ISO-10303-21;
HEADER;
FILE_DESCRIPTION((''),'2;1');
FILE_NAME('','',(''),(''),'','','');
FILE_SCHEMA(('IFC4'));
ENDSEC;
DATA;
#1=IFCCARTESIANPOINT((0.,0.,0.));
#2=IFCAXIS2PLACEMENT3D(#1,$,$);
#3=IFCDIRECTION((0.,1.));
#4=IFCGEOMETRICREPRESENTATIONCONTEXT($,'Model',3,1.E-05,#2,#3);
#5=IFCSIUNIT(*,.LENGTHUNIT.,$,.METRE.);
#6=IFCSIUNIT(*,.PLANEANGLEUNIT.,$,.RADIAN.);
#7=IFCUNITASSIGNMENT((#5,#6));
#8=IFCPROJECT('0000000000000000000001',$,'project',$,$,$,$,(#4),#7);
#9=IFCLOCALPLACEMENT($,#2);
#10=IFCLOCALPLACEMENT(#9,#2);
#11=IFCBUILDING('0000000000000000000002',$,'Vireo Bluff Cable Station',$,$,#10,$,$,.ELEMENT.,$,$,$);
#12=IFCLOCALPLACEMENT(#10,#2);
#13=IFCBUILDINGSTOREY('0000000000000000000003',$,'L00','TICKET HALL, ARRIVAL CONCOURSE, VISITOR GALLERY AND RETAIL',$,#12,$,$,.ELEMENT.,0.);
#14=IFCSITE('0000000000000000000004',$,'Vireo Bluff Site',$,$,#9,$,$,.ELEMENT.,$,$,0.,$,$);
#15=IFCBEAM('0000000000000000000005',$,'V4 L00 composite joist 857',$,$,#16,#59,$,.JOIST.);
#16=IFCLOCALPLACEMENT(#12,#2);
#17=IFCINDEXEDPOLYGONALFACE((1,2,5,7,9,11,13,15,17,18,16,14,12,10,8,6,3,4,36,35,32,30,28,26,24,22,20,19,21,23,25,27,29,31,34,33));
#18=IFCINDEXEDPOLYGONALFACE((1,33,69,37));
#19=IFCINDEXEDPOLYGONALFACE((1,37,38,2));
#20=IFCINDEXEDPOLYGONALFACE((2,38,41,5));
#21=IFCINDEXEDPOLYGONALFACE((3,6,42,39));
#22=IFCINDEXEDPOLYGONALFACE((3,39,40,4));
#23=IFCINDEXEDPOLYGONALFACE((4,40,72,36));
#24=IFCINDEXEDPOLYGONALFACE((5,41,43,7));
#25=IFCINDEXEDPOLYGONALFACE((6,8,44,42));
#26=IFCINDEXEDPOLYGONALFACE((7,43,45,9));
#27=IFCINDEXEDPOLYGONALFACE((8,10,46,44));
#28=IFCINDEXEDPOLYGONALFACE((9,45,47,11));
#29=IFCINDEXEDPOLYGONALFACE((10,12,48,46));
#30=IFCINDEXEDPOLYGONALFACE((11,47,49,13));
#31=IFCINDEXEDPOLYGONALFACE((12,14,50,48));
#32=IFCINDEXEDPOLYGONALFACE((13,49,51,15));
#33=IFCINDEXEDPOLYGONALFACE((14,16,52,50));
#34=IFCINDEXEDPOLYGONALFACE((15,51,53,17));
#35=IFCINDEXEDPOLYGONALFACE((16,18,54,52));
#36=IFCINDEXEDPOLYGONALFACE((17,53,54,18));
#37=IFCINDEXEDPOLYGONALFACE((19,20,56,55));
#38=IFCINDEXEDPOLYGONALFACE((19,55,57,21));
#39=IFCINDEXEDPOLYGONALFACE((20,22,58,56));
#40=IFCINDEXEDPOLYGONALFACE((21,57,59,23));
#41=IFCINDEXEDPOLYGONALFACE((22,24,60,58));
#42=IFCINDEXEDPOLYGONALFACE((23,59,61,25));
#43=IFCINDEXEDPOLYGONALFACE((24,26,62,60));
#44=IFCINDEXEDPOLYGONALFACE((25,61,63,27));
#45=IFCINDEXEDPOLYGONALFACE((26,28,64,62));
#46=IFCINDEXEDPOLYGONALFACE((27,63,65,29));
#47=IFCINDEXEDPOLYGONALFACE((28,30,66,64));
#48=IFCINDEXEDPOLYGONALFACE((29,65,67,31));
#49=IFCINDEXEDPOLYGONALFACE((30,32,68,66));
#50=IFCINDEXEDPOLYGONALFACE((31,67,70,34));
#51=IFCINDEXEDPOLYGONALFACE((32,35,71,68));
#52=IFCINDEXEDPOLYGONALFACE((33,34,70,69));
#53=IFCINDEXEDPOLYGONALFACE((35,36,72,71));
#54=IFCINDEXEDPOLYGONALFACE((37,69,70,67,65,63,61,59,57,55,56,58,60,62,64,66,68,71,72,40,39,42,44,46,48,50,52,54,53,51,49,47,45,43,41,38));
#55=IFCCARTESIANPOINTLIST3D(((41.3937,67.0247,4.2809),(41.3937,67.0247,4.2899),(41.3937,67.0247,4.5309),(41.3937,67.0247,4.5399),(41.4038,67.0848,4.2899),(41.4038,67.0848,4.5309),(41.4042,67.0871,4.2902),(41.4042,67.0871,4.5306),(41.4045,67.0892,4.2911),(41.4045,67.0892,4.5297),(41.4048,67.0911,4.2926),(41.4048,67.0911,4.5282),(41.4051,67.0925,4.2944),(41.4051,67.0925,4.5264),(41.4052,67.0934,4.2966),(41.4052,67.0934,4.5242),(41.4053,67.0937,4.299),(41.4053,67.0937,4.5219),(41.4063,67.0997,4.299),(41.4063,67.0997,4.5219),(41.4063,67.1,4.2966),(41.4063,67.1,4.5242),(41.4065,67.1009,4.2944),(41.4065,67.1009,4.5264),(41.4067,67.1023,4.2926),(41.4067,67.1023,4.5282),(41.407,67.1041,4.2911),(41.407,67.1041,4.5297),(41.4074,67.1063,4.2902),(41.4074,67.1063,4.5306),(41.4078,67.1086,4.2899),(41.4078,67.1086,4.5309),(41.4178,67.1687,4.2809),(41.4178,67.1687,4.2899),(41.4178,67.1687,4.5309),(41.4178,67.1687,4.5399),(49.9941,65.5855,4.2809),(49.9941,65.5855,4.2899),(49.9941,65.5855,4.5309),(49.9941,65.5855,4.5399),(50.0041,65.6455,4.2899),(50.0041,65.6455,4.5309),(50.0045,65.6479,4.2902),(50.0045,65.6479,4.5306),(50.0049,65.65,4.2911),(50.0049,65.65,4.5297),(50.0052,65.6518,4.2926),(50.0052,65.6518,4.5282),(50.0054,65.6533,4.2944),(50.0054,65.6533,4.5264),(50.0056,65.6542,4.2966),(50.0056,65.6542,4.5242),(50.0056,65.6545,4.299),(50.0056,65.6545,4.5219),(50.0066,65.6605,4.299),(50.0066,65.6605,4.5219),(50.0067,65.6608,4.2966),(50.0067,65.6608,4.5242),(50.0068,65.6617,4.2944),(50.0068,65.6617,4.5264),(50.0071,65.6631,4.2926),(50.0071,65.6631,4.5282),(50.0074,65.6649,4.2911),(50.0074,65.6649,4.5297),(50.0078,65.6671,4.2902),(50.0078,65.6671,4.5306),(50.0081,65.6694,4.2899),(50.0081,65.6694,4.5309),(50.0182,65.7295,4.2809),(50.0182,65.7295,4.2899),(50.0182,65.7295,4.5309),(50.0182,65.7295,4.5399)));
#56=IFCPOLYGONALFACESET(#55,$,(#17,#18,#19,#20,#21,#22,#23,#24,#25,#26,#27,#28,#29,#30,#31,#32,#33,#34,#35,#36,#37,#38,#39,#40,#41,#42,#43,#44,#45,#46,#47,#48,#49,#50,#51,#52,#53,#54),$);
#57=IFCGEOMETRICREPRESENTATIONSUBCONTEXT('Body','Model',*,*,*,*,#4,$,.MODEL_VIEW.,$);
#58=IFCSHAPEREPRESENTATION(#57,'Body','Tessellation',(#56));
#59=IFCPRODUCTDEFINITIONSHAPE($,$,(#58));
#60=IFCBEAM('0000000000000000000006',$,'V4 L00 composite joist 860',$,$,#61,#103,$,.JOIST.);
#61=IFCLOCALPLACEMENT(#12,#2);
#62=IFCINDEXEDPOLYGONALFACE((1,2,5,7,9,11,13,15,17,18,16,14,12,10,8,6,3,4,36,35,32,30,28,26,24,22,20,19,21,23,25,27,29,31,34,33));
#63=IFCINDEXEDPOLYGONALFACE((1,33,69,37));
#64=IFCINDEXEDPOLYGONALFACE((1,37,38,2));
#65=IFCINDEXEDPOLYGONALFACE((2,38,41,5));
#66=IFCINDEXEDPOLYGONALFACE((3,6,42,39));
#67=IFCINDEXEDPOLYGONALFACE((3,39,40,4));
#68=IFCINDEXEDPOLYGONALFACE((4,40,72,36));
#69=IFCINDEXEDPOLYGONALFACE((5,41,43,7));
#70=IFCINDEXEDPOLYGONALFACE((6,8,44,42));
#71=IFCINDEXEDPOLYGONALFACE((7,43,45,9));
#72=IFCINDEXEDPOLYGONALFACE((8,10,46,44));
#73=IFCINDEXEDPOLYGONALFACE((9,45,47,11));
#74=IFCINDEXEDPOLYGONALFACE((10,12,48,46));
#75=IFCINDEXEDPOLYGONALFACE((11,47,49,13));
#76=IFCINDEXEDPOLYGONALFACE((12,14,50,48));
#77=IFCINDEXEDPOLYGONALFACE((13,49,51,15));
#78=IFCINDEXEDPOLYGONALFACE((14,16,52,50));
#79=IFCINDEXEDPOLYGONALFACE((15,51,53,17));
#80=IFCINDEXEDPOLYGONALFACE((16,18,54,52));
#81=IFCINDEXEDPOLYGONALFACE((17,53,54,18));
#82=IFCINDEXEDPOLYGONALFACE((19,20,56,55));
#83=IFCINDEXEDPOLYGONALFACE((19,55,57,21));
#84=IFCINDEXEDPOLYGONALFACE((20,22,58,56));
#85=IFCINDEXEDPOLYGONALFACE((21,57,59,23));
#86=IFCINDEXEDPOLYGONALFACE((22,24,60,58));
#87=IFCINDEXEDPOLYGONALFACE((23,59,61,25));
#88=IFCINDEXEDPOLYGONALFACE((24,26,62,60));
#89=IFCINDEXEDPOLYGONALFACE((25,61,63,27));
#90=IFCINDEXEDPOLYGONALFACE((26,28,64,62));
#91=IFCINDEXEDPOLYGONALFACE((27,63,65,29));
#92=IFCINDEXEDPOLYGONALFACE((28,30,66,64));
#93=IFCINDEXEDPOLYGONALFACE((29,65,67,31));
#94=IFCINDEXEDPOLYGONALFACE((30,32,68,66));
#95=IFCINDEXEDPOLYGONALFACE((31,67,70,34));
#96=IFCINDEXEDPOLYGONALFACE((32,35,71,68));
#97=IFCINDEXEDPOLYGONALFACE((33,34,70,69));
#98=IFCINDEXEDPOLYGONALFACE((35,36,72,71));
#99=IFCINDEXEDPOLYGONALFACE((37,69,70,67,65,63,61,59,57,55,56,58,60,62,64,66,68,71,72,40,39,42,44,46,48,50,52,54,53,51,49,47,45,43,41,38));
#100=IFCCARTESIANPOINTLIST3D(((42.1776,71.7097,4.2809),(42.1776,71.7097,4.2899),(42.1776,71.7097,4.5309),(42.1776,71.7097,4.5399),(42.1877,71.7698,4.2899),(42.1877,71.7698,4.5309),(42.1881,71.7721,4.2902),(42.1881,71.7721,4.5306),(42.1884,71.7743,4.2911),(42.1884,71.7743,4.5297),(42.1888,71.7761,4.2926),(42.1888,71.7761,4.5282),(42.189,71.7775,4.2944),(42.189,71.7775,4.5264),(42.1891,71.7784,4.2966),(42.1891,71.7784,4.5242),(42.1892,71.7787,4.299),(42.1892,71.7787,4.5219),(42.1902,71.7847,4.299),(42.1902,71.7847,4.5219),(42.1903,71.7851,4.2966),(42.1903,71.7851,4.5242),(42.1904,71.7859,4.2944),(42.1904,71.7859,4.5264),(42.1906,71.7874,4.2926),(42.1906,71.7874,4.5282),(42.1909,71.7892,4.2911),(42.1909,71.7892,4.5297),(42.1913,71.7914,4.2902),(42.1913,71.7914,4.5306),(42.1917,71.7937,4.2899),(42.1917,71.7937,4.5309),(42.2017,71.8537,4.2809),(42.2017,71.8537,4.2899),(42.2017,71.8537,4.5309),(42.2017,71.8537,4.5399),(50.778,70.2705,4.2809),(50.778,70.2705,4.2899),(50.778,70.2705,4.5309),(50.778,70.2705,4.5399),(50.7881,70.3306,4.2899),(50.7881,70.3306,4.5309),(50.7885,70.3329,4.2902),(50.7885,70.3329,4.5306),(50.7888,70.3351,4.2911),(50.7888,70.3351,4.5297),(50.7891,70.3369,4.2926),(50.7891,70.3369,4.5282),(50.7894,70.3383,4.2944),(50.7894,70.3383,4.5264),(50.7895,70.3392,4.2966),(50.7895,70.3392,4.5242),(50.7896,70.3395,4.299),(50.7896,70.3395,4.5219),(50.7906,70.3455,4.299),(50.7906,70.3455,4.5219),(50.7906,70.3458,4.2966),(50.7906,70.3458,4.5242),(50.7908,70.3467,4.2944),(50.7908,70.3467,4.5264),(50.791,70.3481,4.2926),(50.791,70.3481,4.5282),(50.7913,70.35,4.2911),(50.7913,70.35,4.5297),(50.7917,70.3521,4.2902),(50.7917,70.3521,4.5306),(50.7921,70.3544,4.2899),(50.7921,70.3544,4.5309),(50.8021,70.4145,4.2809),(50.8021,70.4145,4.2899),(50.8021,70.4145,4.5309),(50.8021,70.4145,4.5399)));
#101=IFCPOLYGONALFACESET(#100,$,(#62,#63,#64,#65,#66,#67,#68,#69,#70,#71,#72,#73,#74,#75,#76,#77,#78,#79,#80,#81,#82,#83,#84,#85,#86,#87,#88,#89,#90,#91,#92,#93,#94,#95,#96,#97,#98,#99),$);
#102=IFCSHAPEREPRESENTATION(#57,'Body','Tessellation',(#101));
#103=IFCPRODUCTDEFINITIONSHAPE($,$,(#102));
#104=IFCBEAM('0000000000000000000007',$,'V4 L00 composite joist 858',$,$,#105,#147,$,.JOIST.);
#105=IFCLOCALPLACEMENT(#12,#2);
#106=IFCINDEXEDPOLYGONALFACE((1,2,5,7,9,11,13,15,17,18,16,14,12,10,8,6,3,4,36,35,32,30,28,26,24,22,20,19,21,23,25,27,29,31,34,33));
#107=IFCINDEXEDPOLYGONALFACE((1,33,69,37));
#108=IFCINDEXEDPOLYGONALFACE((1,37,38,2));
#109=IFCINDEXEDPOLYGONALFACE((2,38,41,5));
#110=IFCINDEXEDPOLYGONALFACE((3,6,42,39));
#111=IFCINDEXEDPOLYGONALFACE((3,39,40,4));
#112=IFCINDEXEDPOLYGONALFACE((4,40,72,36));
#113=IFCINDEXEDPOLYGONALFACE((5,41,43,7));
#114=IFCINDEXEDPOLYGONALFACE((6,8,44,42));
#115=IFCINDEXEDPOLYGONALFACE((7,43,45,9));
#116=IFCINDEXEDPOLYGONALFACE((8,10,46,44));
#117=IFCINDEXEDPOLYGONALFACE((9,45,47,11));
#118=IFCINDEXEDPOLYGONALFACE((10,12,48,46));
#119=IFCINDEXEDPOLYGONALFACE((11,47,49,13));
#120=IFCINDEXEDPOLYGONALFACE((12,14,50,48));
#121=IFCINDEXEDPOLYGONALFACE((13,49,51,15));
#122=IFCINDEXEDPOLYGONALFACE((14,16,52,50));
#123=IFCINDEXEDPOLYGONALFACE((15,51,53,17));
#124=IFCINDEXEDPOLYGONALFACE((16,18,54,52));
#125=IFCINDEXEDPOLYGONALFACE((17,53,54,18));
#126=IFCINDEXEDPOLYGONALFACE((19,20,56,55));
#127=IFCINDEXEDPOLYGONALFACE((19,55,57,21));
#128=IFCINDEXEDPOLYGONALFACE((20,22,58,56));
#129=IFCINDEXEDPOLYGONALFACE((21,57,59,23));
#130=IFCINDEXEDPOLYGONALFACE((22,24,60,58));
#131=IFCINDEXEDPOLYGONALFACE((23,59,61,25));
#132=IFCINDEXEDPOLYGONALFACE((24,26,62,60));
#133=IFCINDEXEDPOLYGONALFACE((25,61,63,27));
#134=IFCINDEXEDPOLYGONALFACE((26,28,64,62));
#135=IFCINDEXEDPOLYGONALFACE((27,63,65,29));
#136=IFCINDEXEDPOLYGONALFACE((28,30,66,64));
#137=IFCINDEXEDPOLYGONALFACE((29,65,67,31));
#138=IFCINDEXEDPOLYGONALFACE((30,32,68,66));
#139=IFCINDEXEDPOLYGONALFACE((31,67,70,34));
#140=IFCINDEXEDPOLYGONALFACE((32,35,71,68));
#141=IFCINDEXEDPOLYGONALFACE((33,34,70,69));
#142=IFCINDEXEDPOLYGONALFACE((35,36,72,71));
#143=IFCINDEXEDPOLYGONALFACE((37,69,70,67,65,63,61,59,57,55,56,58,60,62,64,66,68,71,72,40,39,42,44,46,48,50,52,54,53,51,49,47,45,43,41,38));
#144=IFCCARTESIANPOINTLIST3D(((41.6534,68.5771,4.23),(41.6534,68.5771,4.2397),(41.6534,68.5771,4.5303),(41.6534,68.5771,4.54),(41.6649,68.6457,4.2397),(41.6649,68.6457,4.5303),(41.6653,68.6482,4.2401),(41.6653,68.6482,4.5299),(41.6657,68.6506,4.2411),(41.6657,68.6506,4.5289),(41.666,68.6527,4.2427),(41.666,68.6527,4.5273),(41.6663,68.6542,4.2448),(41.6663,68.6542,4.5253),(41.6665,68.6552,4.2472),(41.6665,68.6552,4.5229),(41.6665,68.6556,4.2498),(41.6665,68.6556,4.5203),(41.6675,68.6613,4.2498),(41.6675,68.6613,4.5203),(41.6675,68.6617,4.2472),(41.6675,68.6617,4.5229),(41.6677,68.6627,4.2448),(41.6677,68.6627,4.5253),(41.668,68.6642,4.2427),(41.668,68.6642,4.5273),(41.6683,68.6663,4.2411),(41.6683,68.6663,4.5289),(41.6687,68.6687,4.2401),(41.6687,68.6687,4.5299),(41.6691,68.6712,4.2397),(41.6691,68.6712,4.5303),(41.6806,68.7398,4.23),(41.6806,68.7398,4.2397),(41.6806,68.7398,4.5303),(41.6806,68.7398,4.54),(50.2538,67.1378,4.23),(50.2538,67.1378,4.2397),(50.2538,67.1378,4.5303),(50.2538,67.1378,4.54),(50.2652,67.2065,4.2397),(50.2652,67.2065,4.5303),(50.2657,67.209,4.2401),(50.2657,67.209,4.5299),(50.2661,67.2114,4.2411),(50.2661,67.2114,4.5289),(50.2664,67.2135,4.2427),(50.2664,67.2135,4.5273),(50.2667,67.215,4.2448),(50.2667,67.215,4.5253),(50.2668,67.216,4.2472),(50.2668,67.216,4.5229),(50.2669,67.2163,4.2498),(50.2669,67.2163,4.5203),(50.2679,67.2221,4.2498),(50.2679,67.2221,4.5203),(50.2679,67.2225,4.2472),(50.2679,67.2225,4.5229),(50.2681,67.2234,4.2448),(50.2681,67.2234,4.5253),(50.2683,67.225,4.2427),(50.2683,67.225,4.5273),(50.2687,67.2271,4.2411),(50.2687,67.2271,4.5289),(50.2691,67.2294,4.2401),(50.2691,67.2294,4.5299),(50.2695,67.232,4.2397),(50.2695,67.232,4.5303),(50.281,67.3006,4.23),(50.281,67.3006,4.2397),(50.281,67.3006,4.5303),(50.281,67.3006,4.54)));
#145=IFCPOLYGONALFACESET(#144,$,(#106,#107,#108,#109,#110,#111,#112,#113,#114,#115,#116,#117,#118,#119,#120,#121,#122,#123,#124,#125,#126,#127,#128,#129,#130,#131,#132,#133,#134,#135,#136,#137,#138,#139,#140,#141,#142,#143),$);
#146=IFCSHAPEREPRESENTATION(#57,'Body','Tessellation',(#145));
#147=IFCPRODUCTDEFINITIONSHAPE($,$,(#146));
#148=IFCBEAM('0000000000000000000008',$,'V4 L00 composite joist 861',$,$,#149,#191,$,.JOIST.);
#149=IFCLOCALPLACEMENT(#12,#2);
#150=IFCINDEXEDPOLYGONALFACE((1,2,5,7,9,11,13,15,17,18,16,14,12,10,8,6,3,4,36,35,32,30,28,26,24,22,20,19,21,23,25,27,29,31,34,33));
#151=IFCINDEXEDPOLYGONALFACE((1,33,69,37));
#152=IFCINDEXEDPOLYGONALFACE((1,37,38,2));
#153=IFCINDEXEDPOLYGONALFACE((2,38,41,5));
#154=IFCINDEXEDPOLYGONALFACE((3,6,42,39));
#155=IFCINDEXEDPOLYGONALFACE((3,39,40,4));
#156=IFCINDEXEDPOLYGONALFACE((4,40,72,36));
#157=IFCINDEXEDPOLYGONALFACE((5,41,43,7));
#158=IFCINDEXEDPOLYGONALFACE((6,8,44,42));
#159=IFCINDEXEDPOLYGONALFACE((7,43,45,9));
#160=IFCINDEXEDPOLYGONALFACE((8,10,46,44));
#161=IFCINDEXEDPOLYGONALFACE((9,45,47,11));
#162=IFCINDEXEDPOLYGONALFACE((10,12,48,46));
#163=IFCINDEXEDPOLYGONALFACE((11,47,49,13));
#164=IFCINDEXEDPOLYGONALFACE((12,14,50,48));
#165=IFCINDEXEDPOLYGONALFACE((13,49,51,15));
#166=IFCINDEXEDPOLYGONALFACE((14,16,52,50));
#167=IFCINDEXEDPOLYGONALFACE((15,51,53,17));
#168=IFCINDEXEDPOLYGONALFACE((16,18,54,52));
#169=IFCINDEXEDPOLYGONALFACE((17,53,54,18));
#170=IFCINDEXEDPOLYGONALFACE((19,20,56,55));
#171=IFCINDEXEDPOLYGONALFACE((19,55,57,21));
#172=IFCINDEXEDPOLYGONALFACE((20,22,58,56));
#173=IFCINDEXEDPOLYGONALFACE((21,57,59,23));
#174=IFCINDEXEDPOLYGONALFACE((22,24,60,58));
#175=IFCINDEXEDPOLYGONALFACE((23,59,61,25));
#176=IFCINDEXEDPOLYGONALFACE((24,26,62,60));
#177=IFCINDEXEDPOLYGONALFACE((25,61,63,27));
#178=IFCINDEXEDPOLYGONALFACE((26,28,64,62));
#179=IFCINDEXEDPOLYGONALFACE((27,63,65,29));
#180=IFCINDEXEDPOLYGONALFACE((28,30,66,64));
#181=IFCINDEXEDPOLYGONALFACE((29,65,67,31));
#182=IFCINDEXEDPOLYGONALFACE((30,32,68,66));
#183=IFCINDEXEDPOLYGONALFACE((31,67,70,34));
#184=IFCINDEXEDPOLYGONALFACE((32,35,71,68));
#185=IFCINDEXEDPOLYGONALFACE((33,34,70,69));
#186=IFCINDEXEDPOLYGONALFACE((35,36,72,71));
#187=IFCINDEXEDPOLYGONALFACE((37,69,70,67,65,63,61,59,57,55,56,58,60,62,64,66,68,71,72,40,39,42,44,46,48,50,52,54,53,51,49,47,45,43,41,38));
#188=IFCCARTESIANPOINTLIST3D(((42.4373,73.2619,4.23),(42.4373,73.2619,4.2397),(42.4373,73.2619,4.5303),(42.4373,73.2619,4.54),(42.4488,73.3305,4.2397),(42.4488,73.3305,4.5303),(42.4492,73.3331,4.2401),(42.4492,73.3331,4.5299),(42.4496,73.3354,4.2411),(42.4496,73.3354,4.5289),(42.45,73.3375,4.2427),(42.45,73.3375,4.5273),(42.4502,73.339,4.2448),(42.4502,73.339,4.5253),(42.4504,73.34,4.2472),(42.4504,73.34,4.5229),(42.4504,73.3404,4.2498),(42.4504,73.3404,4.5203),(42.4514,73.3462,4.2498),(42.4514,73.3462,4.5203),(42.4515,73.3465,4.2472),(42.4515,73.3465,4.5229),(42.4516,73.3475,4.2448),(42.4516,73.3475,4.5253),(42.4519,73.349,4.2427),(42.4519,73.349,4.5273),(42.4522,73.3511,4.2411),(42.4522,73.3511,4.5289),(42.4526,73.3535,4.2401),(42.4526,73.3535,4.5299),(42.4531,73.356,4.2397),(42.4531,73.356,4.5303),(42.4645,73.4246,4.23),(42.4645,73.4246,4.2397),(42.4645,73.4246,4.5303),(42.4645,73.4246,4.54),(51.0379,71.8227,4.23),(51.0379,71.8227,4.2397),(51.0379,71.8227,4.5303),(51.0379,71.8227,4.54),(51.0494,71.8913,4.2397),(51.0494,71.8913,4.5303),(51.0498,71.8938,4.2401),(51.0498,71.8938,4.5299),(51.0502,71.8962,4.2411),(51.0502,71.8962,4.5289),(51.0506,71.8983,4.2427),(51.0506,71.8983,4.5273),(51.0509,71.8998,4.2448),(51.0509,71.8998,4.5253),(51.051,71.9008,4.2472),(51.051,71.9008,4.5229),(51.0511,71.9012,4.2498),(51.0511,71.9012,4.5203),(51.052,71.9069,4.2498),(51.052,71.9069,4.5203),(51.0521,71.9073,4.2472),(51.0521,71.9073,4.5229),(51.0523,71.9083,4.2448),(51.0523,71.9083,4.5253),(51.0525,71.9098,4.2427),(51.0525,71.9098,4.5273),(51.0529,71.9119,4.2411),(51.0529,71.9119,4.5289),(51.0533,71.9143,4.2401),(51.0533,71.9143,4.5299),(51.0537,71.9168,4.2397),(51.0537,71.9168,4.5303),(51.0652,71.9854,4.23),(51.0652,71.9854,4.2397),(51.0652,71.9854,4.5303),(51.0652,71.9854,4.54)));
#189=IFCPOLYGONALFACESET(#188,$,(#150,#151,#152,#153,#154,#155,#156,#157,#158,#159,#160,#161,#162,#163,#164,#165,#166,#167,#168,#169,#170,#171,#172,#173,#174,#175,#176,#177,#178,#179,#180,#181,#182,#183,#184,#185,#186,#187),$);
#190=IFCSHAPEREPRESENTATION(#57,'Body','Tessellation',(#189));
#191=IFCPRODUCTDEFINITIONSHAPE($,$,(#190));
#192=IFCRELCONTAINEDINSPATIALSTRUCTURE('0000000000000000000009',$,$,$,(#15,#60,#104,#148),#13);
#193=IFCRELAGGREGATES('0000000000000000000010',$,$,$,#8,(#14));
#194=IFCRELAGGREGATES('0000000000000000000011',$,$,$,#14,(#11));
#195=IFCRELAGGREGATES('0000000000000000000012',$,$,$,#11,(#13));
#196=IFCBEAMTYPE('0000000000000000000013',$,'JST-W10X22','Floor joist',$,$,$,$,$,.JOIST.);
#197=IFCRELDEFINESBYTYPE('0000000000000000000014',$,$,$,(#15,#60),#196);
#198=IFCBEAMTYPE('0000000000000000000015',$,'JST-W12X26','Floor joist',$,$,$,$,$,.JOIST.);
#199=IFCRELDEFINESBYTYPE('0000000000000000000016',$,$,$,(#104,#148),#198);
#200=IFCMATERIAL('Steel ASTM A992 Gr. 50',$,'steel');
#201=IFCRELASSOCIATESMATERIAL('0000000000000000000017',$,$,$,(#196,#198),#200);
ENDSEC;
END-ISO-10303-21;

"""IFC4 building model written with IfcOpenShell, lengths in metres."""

from ifc_helpers import new_model, si_unit, direction, frame, origin, origin_2d, place, context, subcontext, project, spatial, i_section, extrude, material, material_profile, profile_set, type_object, element, save


model = new_model("IFC4")

# Units and contexts
model_context = context("Model", 3, precision=1e-05, world=origin(), true_north=direction((0.0, 1.0)))
body_context = subcontext(model_context, "Body", "Model", "MODEL_VIEW")
ifc_project = project(units=[si_unit("LENGTHUNIT", "METRE"), si_unit("PLANEANGLEUNIT", "RADIAN")], contexts=[model_context])

# Site, building, storey
site_placement = place(None, origin())
site = spatial("IfcSite", under=ifc_project, at=site_placement, Name="Vireo Bluff Site", CompositionType="ELEMENT", RefElevation=0.0)
building_placement = place(site_placement, origin())
building = spatial("IfcBuilding", under=site, at=building_placement, Name="Vireo Bluff Cable Station", CompositionType="ELEMENT")
storey_placement = place(building_placement, origin())
storey = spatial("IfcBuildingStorey", under=building, at=storey_placement, Name="L00", Description="TICKET HALL, ARRIVAL CONCOURSE, VISITOR GALLERY AND RETAIL", CompositionType="ELEMENT", Elevation=0.0)

# Shared definitions
ifc_material_1 = material(Name="Steel ASTM A992 Gr. 50", Category="steel")

# Beams
ifc_material_profile_1 = material_profile(ifc_material_1, i_section(OverallWidth=0.146, OverallDepth=0.259, WebThickness=0.0061, FlangeThickness=0.009, FilletRadius=0.009, at=origin_2d()), Name="W10X22")
ifc_profile_set_1 = profile_set([ifc_material_profile_1], Name="Steel ASTM A992 Gr. 50")
beam_type_1 = type_object("IfcBeamType", Name="JST-W10X22", Description="Floor joist", PredefinedType="JOIST", material=ifc_profile_set_1)
for number, where, z_axis, x_axis, name in (
    (1, (41.4058, 67.0967, 4.4104), (0.986286, -0.165048, 0.0), (0.165048, 0.986286, 0.0), "V4 L00 composite joist 857"),
    (2, (42.1897, 71.7817, 4.4104), (0.986286, -0.165048, 0.0), (0.165048, 0.986286, 0.0), "V4 L00 composite joist 860"),
):
    element("IfcBeam", number, at=place(storey_placement, frame(where, z_axis=z_axis, x_axis=x_axis)), inside=storey, type_object=beam_type_1, Name=name, PredefinedType="JOIST", context=body_context, shape_type="SweptSolid", body=[
        extrude(i_section(OverallWidth=0.146, OverallDepth=0.259, WebThickness=0.0061, FlangeThickness=0.009, FilletRadius=0.009, at=origin_2d()), origin(), (0.0, 0.0, 1.0), 8.72),
    ])
ifc_material_profile_2 = material_profile(ifc_material_1, i_section(OverallWidth=0.165, OverallDepth=0.3101, WebThickness=0.0059, FlangeThickness=0.0098, FilletRadius=0.01, at=origin_2d()), Name="W12X26")
ifc_profile_set_2 = profile_set([ifc_material_profile_2], Name="Steel ASTM A992 Gr. 50")
beam_type_2 = type_object("IfcBeamType", Name="JST-W12X26", Description="Floor joist", PredefinedType="JOIST", material=ifc_profile_set_2)
beam_1_placement = place(storey_placement, frame((41.667, 68.6584, 4.385), z_axis=(0.986286, -0.165048, 0.0), x_axis=(0.165048, 0.986286, 0.0)))
element("IfcBeam", 3, at=beam_1_placement, inside=storey, type_object=beam_type_2, Name="V4 L00 composite joist 858", PredefinedType="JOIST", context=body_context, shape_type="SweptSolid", body=[
    extrude(i_section(OverallWidth=0.165, OverallDepth=0.3101, WebThickness=0.0059, FlangeThickness=0.0098, FilletRadius=0.01, at=origin_2d()), origin(), (0.0, 0.0, 1.0), 8.72),
])
beam_2_placement = place(storey_placement, frame((42.4509, 73.3433, 4.385), z_axis=(0.986286, -0.165044, 0.0), x_axis=(0.165044, 0.986286, 0.0)))
element("IfcBeam", 4, at=beam_2_placement, inside=storey, type_object=beam_type_2, Name="V4 L00 composite joist 861", PredefinedType="JOIST", context=body_context, shape_type="SweptSolid", body=[
    extrude(i_section(OverallWidth=0.165, OverallDepth=0.3101, WebThickness=0.0059, FlangeThickness=0.0098, FilletRadius=0.01, at=origin_2d()), origin(), (0.0, 0.0, 1.0), 8.7202),
])

save(model, "model.ifc")
